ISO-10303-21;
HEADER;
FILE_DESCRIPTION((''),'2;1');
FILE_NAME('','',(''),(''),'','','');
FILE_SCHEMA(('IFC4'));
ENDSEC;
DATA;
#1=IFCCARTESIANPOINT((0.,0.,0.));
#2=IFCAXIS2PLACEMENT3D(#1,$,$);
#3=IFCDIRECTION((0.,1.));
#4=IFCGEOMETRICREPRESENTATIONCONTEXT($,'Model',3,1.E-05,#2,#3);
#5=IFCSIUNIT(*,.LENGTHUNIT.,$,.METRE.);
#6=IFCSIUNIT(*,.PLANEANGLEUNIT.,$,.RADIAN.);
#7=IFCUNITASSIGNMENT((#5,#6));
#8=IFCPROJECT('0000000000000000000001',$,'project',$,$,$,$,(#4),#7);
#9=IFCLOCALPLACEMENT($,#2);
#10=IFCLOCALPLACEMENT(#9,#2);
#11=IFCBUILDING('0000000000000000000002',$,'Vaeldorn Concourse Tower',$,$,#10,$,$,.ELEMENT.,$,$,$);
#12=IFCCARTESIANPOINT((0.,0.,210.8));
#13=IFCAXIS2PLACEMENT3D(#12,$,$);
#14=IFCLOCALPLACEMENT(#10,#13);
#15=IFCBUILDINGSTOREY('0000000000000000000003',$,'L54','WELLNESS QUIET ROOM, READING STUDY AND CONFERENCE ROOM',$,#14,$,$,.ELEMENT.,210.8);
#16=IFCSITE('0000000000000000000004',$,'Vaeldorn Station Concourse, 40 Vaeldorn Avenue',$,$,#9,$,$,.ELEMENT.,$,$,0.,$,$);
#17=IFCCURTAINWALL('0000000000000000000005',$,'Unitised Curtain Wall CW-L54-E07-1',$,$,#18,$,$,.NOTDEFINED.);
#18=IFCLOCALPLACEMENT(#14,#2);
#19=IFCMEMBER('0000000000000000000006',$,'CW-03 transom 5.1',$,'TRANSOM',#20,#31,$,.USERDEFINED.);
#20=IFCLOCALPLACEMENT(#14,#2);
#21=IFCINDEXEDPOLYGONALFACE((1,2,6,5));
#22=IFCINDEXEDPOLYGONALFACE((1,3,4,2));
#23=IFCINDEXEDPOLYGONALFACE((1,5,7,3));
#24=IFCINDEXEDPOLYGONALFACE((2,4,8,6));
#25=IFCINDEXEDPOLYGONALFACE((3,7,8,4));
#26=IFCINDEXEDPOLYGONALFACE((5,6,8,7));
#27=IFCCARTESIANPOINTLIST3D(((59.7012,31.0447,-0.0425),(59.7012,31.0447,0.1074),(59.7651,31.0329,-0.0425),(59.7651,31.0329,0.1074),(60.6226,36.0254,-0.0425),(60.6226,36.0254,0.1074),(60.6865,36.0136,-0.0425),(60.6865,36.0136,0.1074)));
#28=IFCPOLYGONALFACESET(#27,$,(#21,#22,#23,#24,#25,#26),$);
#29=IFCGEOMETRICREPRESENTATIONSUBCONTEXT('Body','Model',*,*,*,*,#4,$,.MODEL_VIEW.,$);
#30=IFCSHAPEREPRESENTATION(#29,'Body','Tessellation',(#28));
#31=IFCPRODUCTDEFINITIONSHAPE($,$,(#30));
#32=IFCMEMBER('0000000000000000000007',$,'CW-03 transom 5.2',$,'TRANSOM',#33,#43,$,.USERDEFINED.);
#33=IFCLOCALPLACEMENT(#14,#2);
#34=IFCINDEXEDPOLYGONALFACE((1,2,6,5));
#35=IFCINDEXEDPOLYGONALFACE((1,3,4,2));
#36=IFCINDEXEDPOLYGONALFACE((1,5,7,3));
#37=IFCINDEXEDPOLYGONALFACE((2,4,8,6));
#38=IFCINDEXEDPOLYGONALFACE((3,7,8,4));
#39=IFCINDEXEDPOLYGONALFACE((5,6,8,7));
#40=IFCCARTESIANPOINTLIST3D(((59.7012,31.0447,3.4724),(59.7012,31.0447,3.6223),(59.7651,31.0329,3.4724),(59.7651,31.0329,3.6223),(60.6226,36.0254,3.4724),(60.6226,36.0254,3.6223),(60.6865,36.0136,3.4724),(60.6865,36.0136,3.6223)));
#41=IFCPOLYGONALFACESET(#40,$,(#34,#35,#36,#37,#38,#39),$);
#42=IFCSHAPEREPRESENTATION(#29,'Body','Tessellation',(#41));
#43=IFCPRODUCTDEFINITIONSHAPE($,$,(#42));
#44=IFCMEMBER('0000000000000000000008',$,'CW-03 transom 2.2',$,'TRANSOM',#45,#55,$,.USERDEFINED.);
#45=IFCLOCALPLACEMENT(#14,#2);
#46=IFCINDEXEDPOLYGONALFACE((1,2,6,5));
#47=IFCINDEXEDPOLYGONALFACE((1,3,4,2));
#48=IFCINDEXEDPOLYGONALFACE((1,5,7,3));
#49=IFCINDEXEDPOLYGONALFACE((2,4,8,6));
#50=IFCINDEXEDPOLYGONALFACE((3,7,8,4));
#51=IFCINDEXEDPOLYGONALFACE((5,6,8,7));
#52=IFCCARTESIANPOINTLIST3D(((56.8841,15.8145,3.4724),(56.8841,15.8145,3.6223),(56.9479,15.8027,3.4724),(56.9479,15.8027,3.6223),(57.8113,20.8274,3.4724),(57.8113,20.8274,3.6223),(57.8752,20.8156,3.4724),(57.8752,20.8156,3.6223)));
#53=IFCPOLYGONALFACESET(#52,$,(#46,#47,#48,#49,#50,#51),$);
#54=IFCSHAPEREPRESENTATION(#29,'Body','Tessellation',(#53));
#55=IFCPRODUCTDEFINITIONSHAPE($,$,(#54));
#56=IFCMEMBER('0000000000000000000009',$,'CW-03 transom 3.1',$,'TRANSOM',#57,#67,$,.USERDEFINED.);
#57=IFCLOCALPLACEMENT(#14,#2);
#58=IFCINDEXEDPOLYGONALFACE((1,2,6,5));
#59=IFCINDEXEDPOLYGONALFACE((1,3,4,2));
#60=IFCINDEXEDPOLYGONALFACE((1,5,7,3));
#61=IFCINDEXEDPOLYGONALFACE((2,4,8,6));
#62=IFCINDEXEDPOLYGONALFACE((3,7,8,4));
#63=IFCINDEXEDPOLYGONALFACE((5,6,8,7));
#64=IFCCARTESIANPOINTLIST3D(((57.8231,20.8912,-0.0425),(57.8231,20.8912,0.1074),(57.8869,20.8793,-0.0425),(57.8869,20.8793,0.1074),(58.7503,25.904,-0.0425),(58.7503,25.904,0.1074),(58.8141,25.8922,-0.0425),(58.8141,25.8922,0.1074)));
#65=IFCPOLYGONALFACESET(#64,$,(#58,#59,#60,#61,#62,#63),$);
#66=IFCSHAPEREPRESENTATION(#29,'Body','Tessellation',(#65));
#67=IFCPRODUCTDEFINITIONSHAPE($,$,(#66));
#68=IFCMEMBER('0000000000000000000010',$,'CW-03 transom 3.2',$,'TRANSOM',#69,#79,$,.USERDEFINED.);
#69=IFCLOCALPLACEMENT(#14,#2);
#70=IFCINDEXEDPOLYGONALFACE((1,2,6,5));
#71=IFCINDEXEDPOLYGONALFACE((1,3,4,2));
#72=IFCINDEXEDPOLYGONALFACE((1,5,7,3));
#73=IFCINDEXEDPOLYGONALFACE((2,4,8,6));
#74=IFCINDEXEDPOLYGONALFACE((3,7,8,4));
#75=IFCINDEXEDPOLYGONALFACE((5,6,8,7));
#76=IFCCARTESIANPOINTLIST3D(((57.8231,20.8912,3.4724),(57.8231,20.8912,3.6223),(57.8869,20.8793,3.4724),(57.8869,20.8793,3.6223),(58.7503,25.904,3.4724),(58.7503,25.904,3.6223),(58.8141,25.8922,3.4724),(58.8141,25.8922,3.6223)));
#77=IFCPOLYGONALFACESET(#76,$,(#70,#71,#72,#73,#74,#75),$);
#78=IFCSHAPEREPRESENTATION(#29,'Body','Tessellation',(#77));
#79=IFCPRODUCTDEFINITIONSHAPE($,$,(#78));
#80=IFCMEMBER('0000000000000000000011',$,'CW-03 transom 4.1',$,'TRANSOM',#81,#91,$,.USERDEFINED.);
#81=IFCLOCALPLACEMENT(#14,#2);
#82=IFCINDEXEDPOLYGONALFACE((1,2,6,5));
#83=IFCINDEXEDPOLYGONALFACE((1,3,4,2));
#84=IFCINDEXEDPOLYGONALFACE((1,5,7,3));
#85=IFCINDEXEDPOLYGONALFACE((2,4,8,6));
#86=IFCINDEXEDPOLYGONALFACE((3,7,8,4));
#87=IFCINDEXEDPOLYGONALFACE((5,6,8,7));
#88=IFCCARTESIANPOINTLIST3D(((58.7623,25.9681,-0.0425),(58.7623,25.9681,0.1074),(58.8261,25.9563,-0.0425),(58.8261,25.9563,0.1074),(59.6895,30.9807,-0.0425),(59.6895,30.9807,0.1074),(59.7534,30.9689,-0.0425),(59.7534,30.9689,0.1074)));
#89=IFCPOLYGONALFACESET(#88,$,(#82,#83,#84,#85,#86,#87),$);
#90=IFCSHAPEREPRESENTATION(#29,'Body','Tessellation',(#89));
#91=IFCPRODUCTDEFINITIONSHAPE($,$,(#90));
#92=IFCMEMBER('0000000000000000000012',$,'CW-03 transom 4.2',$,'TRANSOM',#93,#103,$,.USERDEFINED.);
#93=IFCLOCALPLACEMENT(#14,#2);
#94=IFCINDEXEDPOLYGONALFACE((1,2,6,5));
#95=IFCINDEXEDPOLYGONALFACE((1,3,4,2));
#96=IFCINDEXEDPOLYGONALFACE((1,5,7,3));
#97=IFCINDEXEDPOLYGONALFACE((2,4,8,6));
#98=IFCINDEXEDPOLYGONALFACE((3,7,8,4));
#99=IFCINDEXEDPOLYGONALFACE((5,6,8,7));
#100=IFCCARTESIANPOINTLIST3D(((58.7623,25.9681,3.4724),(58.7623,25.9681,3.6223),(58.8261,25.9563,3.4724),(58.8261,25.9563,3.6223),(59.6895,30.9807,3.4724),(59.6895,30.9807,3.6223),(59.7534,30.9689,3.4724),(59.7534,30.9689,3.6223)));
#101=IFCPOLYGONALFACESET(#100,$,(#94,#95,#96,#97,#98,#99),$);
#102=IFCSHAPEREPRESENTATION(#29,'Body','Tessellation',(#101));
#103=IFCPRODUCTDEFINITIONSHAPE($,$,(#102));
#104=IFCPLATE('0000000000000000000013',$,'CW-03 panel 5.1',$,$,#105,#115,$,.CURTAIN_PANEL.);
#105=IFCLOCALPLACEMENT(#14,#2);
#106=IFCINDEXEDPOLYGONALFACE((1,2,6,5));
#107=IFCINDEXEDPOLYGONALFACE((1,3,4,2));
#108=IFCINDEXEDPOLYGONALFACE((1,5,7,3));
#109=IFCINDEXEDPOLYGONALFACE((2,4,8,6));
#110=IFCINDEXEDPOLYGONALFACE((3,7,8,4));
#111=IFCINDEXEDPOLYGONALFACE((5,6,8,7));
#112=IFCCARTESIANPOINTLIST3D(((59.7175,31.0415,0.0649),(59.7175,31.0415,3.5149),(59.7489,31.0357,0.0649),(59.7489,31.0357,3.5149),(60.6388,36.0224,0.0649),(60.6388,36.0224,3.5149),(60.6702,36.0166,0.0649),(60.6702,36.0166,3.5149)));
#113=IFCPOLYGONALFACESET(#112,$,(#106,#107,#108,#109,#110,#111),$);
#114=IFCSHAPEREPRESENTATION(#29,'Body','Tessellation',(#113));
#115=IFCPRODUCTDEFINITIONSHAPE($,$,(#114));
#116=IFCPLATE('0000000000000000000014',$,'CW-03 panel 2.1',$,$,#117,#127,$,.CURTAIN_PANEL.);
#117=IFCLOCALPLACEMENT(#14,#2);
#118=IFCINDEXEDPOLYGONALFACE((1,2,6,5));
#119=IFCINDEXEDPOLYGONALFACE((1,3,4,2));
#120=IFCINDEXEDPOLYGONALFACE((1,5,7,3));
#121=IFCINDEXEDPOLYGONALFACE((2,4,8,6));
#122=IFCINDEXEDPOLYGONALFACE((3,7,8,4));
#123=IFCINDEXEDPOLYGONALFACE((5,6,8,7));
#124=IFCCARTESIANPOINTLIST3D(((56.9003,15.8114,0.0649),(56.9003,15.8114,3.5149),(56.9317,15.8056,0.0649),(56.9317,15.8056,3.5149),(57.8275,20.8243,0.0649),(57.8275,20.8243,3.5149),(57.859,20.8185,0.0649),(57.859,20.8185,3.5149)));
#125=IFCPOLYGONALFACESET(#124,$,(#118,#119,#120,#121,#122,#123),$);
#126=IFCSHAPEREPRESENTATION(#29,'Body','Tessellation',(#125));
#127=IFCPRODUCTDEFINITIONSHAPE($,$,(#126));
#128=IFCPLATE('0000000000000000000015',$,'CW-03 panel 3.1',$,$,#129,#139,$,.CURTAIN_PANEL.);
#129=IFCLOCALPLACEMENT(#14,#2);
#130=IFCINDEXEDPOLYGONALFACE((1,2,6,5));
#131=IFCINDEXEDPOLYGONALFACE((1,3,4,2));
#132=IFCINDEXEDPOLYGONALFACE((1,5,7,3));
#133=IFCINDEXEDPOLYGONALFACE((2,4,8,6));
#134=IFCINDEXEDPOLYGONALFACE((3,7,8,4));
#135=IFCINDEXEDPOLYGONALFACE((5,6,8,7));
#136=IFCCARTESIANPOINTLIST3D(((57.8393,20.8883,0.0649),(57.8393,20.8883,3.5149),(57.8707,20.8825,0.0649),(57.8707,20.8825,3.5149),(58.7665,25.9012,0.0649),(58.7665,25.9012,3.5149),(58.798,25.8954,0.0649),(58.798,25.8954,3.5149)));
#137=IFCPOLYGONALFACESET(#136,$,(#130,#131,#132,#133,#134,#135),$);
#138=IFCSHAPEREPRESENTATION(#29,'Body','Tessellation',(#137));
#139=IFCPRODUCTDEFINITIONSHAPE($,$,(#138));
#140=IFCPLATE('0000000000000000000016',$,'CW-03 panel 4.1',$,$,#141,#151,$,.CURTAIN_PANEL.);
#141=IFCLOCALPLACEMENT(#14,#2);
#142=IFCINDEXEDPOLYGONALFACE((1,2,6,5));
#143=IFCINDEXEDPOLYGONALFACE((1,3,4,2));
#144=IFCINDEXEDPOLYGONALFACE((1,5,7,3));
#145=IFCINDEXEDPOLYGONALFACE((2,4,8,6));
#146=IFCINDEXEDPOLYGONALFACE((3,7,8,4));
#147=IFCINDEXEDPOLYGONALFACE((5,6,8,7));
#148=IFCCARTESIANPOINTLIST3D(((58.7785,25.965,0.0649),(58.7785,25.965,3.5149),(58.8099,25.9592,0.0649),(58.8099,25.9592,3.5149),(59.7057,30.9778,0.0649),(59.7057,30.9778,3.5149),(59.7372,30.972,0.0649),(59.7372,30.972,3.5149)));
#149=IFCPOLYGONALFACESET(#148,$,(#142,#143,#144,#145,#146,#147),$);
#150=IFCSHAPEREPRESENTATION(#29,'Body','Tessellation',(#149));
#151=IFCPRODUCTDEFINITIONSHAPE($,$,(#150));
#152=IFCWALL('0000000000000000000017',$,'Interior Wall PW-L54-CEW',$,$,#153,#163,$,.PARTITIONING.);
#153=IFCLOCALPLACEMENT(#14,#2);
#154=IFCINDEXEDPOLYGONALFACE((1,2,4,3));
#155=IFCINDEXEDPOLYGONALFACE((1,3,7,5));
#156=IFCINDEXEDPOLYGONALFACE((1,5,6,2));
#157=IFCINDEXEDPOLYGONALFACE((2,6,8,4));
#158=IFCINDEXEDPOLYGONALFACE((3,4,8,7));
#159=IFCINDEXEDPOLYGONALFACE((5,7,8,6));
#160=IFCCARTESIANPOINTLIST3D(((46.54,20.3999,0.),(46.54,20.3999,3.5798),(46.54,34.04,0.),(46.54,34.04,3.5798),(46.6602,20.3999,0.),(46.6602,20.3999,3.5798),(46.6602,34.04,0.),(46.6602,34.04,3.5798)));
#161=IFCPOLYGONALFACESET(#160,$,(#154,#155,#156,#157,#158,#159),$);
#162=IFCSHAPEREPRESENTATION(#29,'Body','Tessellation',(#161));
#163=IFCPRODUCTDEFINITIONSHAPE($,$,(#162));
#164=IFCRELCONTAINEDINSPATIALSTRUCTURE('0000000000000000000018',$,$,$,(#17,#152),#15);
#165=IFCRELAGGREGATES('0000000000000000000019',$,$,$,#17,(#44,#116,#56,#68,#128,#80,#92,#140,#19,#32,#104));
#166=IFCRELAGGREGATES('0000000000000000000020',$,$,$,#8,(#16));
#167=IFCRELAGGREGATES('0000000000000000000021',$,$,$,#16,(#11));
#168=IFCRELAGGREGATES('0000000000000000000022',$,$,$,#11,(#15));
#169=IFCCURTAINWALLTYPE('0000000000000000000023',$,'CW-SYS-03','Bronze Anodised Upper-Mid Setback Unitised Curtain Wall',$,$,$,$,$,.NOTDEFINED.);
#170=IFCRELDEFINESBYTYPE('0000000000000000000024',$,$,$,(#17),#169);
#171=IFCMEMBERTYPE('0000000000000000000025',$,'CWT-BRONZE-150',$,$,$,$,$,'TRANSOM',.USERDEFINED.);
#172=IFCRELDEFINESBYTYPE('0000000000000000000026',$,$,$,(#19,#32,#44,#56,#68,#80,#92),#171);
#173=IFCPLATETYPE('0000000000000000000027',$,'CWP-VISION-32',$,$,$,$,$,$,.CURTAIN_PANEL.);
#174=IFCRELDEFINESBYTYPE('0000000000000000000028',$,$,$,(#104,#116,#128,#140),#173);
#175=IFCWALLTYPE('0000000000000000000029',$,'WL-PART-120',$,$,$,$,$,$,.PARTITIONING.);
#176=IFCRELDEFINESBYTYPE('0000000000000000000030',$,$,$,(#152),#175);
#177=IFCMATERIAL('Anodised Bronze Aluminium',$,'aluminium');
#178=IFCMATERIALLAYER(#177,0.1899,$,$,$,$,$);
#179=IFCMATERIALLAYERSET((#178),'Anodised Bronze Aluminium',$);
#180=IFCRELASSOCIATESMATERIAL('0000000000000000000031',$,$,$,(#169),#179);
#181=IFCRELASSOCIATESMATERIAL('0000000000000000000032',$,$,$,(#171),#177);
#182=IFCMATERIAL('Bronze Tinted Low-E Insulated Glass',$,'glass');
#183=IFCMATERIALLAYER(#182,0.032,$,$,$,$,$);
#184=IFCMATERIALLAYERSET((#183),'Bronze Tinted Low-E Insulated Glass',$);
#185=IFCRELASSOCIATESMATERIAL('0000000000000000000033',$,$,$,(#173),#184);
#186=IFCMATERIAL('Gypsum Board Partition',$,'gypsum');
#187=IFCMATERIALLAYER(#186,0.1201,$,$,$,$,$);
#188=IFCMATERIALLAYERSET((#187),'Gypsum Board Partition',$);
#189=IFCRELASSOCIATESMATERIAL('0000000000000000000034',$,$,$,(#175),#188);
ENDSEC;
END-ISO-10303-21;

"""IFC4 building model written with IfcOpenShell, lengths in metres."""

from ifc_helpers import new_model, si_unit, direction, frame, frame_2d, origin, origin_2d, place, context, subcontext, project, spatial, rectangle, extrude, source, transform, mapped, material, layer, layer_set, material_profile, profile_set, type_object, element, aggregate, save


model = new_model("IFC4")

# Units and contexts
model_context = context("Model", 3, precision=1e-05, world=origin(), true_north=direction((0.0, 1.0)))
body_context = subcontext(model_context, "Body", "Model", "MODEL_VIEW")
ifc_project = project(units=[si_unit("LENGTHUNIT", "METRE"), si_unit("PLANEANGLEUNIT", "RADIAN")], contexts=[model_context])

# Site, building, storey
site_placement = place(None, origin())
site = spatial("IfcSite", under=ifc_project, at=site_placement, Name="Vaeldorn Station Concourse, 40 Vaeldorn Avenue", CompositionType="ELEMENT", RefElevation=0.0)
building_placement = place(site_placement, origin())
building = spatial("IfcBuilding", under=site, at=building_placement, Name="Vaeldorn Concourse Tower", CompositionType="ELEMENT")
storey_placement = place(building_placement, frame((0.0, 0.0, 210.8)))
storey = spatial("IfcBuildingStorey", under=building, at=storey_placement, Name="L54", Description="WELLNESS QUIET ROOM, READING STUDY AND CONFERENCE ROOM", CompositionType="ELEMENT", Elevation=210.8)

# Curtain wall, members, plates
ifc_material_1 = material(Name="Anodised Bronze Aluminium", Category="aluminium")
ifc_layer_1 = layer(ifc_material_1, 0.1899)
ifc_layer_set_1 = layer_set([ifc_layer_1], Name="Anodised Bronze Aluminium")
curtain_wall_type = type_object("IfcCurtainWallType", Name="CW-SYS-03", Description="Bronze Anodised Upper-Mid Setback Unitised Curtain Wall", PredefinedType="NOTDEFINED", material=ifc_layer_set_1)
curtain_wall_placement = place(storey_placement, origin())
curtain_wall = element("IfcCurtainWall", 1, at=curtain_wall_placement, inside=storey, type_object=curtain_wall_type, Name="Unitised Curtain Wall CW-L54-E07-1", PredefinedType="NOTDEFINED")
ifc_material_profile_1 = material_profile(ifc_material_1, rectangle(XDim=0.0649, YDim=0.1499, at=origin_2d()), Name="CWT 65x150")
ifc_profile_set_1 = profile_set([ifc_material_profile_1], Name="Anodised Bronze Aluminium")
member_type_1 = type_object("IfcMemberType", Name="CWT-BRONZE-150", ElementType="TRANSOM", PredefinedType="USERDEFINED", material=ifc_profile_set_1)
shared_shape_1 = source(origin(), body_context, "Body", "SweptSolid", [
    extrude(rectangle(XDim=0.0649, YDim=0.1499, at=origin_2d()), origin(), (0.0, 0.0, 1.0), 5.0652),
])
member_1_placement = place(storey_placement, frame((59.7332, 31.0388, 0.0325), z_axis=(0.181905, 0.983316, 0.0), x_axis=(-0.983316, 0.181905, 0.0)))
member_1 = element("IfcMember", 2, at=member_1_placement, type_object=member_type_1, Name="CW-03 transom 5.1", ObjectType="TRANSOM", PredefinedType="USERDEFINED", context=body_context, shape_type="MappedRepresentation", body=[
    mapped(shared_shape_1, transform((0.0, 0.0, 0.0), scale=1.0)),
])
member_2_placement = place(storey_placement, frame((59.7332, 31.0388, 3.5474), z_axis=(0.181905, 0.983316, 0.0), x_axis=(-0.983316, 0.181905, 0.0)))
member_2 = element("IfcMember", 3, at=member_2_placement, type_object=member_type_1, Name="CW-03 transom 5.2", ObjectType="TRANSOM", PredefinedType="USERDEFINED", context=body_context, shape_type="MappedRepresentation", body=[
    mapped(shared_shape_1, transform((0.0, 0.0, 0.0), scale=1.0)),
])
shared_shape_2 = source(origin(), body_context, "Body", "SweptSolid", [
    extrude(rectangle(XDim=0.0649, YDim=0.1499, at=origin_2d()), origin(), (0.0, 0.0, 1.0), 5.0979),
])
member_3_placement = place(storey_placement, frame((56.916, 15.8086, 3.5474), z_axis=(0.181885, 0.98332, 0.0), x_axis=(-0.98332, 0.181885, 0.0)))
member_3 = element("IfcMember", 4, at=member_3_placement, type_object=member_type_1, Name="CW-03 transom 2.2", ObjectType="TRANSOM", PredefinedType="USERDEFINED", context=body_context, shape_type="MappedRepresentation", body=[
    mapped(shared_shape_2, transform((0.0, 0.0, 0.0), scale=1.0)),
])
member_4_placement = place(storey_placement, frame((57.855, 20.8853, 0.0325), z_axis=(0.181885, 0.98332, 0.0), x_axis=(-0.98332, 0.181885, 0.0)))
member_4 = element("IfcMember", 5, at=member_4_placement, type_object=member_type_1, Name="CW-03 transom 3.1", ObjectType="TRANSOM", PredefinedType="USERDEFINED", context=body_context, shape_type="MappedRepresentation", body=[
    mapped(shared_shape_2, transform((0.0, 0.0, 0.0), scale=1.0)),
])
member_5_placement = place(storey_placement, frame((57.855, 20.8853, 3.5474), z_axis=(0.181885, 0.98332, 0.0), x_axis=(-0.98332, 0.181885, 0.0)))
member_5 = element("IfcMember", 6, at=member_5_placement, type_object=member_type_1, Name="CW-03 transom 3.2", ObjectType="TRANSOM", PredefinedType="USERDEFINED", context=body_context, shape_type="MappedRepresentation", body=[
    mapped(shared_shape_2, transform((0.0, 0.0, 0.0), scale=1.0)),
])
shared_shape_3 = source(origin(), body_context, "Body", "SweptSolid", [
    extrude(rectangle(XDim=0.0649, YDim=0.1499, at=origin_2d()), origin(), (0.0, 0.0, 1.0), 5.0977),
])
member_6_placement = place(storey_placement, frame((58.7942, 25.9622, 0.0325), z_axis=(0.181894, 0.983318, 0.0), x_axis=(-0.983318, 0.181894, 0.0)))
member_6 = element("IfcMember", 7, at=member_6_placement, type_object=member_type_1, Name="CW-03 transom 4.1", ObjectType="TRANSOM", PredefinedType="USERDEFINED", context=body_context, shape_type="MappedRepresentation", body=[
    mapped(shared_shape_3, transform((0.0, 0.0, 0.0), scale=1.0)),
])
member_7_placement = place(storey_placement, frame((58.7942, 25.9622, 3.5474), z_axis=(0.181894, 0.983318, 0.0), x_axis=(-0.983318, 0.181894, 0.0)))
member_7 = element("IfcMember", 8, at=member_7_placement, type_object=member_type_1, Name="CW-03 transom 4.2", ObjectType="TRANSOM", PredefinedType="USERDEFINED", context=body_context, shape_type="MappedRepresentation", body=[
    mapped(shared_shape_3, transform((0.0, 0.0, 0.0), scale=1.0)),
])
ifc_material_2 = material(Name="Bronze Tinted Low-E Insulated Glass", Category="glass")
ifc_layer_2 = layer(ifc_material_2, 0.032)
ifc_layer_set_2 = layer_set([ifc_layer_2], Name="Bronze Tinted Low-E Insulated Glass")
plate_type = type_object("IfcPlateType", Name="CWP-VISION-32", PredefinedType="CURTAIN_PANEL", material=ifc_layer_set_2)
shared_shape_4 = source(origin(), body_context, "Body", "SweptSolid", [
    extrude(rectangle(XDim=5.0654, YDim=0.032, at=origin_2d()), origin(), (0.0, 0.0, 1.0), 3.45),
])
plate_1_placement = place(storey_placement, frame((60.1938, 33.5291, 0.0649), z_axis=(0.0, 0.0, 1.0), x_axis=(0.181889, 0.983319, 0.0)))
plate_1 = element("IfcPlate", 9, at=plate_1_placement, type_object=plate_type, Name="CW-03 panel 5.1", PredefinedType="CURTAIN_PANEL", context=body_context, shape_type="MappedRepresentation", body=[
    mapped(shared_shape_4, transform((0.0, 0.0, 0.0), scale=1.0)),
])
shared_shape_5 = source(origin(), body_context, "Body", "SweptSolid", [
    extrude(rectangle(XDim=5.0979, YDim=0.032, at=origin_2d()), origin(), (0.0, 0.0, 1.0), 3.45),
])
plate_2_placement = place(storey_placement, frame((57.3796, 18.3149, 0.0649), z_axis=(0.0, 0.0, 1.0), x_axis=(0.181889, 0.983319, 0.0)))
plate_2 = element("IfcPlate", 10, at=plate_2_placement, type_object=plate_type, Name="CW-03 panel 2.1", PredefinedType="CURTAIN_PANEL", context=body_context, shape_type="MappedRepresentation", body=[
    mapped(shared_shape_5, transform((0.0, 0.0, 0.0), scale=1.0)),
])
plate_3_placement = place(storey_placement, frame((58.3186, 23.3918, 0.0649), z_axis=(0.0, 0.0, 1.0), x_axis=(0.181889, 0.983319, 0.0)))
plate_3 = element("IfcPlate", 11, at=plate_3_placement, type_object=plate_type, Name="CW-03 panel 3.1", PredefinedType="CURTAIN_PANEL", context=body_context, shape_type="MappedRepresentation", body=[
    mapped(shared_shape_5, transform((0.0, 0.0, 0.0), scale=1.0)),
])
plate_4_placement = place(storey_placement, frame((59.2578, 28.4685, 0.0649), z_axis=(0.0, 0.0, 1.0), x_axis=(0.181889, 0.983319, 0.0)))
plate_4 = element("IfcPlate", 12, at=plate_4_placement, type_object=plate_type, Name="CW-03 panel 4.1", PredefinedType="CURTAIN_PANEL", context=body_context, shape_type="MappedRepresentation", body=[
    mapped(shared_shape_5, transform((0.0, 0.0, 0.0), scale=1.0)),
])
aggregate(curtain_wall, [member_3, plate_2, member_4, member_5, plate_3, member_6, member_7, plate_4, member_1, member_2, plate_1])

# Wall
ifc_material_3 = material(Name="Gypsum Board Partition", Category="gypsum")
ifc_layer_3 = layer(ifc_material_3, 0.1201)
ifc_layer_set_3 = layer_set([ifc_layer_3], Name="Gypsum Board Partition")
wall_type = type_object("IfcWallType", Name="WL-PART-120", PredefinedType="PARTITIONING", material=ifc_layer_set_3)
wall_1_placement = place(storey_placement, frame((46.6001, 20.3999, 0.0), z_axis=(0.0, 0.0, 1.0), x_axis=(0.0, 1.0, 0.0)))
element("IfcWall", 13, at=wall_1_placement, inside=storey, type_object=wall_type, Name="Interior Wall PW-L54-CEW", PredefinedType="PARTITIONING", context=body_context, shape_type="SweptSolid", body=[
    extrude(rectangle(XDim=13.6401, YDim=0.1201, at=frame_2d((6.8201, 0.0))), origin(), (0.0, 0.0, 1.0), 3.5798),
])

save(model, "model.ifc")
